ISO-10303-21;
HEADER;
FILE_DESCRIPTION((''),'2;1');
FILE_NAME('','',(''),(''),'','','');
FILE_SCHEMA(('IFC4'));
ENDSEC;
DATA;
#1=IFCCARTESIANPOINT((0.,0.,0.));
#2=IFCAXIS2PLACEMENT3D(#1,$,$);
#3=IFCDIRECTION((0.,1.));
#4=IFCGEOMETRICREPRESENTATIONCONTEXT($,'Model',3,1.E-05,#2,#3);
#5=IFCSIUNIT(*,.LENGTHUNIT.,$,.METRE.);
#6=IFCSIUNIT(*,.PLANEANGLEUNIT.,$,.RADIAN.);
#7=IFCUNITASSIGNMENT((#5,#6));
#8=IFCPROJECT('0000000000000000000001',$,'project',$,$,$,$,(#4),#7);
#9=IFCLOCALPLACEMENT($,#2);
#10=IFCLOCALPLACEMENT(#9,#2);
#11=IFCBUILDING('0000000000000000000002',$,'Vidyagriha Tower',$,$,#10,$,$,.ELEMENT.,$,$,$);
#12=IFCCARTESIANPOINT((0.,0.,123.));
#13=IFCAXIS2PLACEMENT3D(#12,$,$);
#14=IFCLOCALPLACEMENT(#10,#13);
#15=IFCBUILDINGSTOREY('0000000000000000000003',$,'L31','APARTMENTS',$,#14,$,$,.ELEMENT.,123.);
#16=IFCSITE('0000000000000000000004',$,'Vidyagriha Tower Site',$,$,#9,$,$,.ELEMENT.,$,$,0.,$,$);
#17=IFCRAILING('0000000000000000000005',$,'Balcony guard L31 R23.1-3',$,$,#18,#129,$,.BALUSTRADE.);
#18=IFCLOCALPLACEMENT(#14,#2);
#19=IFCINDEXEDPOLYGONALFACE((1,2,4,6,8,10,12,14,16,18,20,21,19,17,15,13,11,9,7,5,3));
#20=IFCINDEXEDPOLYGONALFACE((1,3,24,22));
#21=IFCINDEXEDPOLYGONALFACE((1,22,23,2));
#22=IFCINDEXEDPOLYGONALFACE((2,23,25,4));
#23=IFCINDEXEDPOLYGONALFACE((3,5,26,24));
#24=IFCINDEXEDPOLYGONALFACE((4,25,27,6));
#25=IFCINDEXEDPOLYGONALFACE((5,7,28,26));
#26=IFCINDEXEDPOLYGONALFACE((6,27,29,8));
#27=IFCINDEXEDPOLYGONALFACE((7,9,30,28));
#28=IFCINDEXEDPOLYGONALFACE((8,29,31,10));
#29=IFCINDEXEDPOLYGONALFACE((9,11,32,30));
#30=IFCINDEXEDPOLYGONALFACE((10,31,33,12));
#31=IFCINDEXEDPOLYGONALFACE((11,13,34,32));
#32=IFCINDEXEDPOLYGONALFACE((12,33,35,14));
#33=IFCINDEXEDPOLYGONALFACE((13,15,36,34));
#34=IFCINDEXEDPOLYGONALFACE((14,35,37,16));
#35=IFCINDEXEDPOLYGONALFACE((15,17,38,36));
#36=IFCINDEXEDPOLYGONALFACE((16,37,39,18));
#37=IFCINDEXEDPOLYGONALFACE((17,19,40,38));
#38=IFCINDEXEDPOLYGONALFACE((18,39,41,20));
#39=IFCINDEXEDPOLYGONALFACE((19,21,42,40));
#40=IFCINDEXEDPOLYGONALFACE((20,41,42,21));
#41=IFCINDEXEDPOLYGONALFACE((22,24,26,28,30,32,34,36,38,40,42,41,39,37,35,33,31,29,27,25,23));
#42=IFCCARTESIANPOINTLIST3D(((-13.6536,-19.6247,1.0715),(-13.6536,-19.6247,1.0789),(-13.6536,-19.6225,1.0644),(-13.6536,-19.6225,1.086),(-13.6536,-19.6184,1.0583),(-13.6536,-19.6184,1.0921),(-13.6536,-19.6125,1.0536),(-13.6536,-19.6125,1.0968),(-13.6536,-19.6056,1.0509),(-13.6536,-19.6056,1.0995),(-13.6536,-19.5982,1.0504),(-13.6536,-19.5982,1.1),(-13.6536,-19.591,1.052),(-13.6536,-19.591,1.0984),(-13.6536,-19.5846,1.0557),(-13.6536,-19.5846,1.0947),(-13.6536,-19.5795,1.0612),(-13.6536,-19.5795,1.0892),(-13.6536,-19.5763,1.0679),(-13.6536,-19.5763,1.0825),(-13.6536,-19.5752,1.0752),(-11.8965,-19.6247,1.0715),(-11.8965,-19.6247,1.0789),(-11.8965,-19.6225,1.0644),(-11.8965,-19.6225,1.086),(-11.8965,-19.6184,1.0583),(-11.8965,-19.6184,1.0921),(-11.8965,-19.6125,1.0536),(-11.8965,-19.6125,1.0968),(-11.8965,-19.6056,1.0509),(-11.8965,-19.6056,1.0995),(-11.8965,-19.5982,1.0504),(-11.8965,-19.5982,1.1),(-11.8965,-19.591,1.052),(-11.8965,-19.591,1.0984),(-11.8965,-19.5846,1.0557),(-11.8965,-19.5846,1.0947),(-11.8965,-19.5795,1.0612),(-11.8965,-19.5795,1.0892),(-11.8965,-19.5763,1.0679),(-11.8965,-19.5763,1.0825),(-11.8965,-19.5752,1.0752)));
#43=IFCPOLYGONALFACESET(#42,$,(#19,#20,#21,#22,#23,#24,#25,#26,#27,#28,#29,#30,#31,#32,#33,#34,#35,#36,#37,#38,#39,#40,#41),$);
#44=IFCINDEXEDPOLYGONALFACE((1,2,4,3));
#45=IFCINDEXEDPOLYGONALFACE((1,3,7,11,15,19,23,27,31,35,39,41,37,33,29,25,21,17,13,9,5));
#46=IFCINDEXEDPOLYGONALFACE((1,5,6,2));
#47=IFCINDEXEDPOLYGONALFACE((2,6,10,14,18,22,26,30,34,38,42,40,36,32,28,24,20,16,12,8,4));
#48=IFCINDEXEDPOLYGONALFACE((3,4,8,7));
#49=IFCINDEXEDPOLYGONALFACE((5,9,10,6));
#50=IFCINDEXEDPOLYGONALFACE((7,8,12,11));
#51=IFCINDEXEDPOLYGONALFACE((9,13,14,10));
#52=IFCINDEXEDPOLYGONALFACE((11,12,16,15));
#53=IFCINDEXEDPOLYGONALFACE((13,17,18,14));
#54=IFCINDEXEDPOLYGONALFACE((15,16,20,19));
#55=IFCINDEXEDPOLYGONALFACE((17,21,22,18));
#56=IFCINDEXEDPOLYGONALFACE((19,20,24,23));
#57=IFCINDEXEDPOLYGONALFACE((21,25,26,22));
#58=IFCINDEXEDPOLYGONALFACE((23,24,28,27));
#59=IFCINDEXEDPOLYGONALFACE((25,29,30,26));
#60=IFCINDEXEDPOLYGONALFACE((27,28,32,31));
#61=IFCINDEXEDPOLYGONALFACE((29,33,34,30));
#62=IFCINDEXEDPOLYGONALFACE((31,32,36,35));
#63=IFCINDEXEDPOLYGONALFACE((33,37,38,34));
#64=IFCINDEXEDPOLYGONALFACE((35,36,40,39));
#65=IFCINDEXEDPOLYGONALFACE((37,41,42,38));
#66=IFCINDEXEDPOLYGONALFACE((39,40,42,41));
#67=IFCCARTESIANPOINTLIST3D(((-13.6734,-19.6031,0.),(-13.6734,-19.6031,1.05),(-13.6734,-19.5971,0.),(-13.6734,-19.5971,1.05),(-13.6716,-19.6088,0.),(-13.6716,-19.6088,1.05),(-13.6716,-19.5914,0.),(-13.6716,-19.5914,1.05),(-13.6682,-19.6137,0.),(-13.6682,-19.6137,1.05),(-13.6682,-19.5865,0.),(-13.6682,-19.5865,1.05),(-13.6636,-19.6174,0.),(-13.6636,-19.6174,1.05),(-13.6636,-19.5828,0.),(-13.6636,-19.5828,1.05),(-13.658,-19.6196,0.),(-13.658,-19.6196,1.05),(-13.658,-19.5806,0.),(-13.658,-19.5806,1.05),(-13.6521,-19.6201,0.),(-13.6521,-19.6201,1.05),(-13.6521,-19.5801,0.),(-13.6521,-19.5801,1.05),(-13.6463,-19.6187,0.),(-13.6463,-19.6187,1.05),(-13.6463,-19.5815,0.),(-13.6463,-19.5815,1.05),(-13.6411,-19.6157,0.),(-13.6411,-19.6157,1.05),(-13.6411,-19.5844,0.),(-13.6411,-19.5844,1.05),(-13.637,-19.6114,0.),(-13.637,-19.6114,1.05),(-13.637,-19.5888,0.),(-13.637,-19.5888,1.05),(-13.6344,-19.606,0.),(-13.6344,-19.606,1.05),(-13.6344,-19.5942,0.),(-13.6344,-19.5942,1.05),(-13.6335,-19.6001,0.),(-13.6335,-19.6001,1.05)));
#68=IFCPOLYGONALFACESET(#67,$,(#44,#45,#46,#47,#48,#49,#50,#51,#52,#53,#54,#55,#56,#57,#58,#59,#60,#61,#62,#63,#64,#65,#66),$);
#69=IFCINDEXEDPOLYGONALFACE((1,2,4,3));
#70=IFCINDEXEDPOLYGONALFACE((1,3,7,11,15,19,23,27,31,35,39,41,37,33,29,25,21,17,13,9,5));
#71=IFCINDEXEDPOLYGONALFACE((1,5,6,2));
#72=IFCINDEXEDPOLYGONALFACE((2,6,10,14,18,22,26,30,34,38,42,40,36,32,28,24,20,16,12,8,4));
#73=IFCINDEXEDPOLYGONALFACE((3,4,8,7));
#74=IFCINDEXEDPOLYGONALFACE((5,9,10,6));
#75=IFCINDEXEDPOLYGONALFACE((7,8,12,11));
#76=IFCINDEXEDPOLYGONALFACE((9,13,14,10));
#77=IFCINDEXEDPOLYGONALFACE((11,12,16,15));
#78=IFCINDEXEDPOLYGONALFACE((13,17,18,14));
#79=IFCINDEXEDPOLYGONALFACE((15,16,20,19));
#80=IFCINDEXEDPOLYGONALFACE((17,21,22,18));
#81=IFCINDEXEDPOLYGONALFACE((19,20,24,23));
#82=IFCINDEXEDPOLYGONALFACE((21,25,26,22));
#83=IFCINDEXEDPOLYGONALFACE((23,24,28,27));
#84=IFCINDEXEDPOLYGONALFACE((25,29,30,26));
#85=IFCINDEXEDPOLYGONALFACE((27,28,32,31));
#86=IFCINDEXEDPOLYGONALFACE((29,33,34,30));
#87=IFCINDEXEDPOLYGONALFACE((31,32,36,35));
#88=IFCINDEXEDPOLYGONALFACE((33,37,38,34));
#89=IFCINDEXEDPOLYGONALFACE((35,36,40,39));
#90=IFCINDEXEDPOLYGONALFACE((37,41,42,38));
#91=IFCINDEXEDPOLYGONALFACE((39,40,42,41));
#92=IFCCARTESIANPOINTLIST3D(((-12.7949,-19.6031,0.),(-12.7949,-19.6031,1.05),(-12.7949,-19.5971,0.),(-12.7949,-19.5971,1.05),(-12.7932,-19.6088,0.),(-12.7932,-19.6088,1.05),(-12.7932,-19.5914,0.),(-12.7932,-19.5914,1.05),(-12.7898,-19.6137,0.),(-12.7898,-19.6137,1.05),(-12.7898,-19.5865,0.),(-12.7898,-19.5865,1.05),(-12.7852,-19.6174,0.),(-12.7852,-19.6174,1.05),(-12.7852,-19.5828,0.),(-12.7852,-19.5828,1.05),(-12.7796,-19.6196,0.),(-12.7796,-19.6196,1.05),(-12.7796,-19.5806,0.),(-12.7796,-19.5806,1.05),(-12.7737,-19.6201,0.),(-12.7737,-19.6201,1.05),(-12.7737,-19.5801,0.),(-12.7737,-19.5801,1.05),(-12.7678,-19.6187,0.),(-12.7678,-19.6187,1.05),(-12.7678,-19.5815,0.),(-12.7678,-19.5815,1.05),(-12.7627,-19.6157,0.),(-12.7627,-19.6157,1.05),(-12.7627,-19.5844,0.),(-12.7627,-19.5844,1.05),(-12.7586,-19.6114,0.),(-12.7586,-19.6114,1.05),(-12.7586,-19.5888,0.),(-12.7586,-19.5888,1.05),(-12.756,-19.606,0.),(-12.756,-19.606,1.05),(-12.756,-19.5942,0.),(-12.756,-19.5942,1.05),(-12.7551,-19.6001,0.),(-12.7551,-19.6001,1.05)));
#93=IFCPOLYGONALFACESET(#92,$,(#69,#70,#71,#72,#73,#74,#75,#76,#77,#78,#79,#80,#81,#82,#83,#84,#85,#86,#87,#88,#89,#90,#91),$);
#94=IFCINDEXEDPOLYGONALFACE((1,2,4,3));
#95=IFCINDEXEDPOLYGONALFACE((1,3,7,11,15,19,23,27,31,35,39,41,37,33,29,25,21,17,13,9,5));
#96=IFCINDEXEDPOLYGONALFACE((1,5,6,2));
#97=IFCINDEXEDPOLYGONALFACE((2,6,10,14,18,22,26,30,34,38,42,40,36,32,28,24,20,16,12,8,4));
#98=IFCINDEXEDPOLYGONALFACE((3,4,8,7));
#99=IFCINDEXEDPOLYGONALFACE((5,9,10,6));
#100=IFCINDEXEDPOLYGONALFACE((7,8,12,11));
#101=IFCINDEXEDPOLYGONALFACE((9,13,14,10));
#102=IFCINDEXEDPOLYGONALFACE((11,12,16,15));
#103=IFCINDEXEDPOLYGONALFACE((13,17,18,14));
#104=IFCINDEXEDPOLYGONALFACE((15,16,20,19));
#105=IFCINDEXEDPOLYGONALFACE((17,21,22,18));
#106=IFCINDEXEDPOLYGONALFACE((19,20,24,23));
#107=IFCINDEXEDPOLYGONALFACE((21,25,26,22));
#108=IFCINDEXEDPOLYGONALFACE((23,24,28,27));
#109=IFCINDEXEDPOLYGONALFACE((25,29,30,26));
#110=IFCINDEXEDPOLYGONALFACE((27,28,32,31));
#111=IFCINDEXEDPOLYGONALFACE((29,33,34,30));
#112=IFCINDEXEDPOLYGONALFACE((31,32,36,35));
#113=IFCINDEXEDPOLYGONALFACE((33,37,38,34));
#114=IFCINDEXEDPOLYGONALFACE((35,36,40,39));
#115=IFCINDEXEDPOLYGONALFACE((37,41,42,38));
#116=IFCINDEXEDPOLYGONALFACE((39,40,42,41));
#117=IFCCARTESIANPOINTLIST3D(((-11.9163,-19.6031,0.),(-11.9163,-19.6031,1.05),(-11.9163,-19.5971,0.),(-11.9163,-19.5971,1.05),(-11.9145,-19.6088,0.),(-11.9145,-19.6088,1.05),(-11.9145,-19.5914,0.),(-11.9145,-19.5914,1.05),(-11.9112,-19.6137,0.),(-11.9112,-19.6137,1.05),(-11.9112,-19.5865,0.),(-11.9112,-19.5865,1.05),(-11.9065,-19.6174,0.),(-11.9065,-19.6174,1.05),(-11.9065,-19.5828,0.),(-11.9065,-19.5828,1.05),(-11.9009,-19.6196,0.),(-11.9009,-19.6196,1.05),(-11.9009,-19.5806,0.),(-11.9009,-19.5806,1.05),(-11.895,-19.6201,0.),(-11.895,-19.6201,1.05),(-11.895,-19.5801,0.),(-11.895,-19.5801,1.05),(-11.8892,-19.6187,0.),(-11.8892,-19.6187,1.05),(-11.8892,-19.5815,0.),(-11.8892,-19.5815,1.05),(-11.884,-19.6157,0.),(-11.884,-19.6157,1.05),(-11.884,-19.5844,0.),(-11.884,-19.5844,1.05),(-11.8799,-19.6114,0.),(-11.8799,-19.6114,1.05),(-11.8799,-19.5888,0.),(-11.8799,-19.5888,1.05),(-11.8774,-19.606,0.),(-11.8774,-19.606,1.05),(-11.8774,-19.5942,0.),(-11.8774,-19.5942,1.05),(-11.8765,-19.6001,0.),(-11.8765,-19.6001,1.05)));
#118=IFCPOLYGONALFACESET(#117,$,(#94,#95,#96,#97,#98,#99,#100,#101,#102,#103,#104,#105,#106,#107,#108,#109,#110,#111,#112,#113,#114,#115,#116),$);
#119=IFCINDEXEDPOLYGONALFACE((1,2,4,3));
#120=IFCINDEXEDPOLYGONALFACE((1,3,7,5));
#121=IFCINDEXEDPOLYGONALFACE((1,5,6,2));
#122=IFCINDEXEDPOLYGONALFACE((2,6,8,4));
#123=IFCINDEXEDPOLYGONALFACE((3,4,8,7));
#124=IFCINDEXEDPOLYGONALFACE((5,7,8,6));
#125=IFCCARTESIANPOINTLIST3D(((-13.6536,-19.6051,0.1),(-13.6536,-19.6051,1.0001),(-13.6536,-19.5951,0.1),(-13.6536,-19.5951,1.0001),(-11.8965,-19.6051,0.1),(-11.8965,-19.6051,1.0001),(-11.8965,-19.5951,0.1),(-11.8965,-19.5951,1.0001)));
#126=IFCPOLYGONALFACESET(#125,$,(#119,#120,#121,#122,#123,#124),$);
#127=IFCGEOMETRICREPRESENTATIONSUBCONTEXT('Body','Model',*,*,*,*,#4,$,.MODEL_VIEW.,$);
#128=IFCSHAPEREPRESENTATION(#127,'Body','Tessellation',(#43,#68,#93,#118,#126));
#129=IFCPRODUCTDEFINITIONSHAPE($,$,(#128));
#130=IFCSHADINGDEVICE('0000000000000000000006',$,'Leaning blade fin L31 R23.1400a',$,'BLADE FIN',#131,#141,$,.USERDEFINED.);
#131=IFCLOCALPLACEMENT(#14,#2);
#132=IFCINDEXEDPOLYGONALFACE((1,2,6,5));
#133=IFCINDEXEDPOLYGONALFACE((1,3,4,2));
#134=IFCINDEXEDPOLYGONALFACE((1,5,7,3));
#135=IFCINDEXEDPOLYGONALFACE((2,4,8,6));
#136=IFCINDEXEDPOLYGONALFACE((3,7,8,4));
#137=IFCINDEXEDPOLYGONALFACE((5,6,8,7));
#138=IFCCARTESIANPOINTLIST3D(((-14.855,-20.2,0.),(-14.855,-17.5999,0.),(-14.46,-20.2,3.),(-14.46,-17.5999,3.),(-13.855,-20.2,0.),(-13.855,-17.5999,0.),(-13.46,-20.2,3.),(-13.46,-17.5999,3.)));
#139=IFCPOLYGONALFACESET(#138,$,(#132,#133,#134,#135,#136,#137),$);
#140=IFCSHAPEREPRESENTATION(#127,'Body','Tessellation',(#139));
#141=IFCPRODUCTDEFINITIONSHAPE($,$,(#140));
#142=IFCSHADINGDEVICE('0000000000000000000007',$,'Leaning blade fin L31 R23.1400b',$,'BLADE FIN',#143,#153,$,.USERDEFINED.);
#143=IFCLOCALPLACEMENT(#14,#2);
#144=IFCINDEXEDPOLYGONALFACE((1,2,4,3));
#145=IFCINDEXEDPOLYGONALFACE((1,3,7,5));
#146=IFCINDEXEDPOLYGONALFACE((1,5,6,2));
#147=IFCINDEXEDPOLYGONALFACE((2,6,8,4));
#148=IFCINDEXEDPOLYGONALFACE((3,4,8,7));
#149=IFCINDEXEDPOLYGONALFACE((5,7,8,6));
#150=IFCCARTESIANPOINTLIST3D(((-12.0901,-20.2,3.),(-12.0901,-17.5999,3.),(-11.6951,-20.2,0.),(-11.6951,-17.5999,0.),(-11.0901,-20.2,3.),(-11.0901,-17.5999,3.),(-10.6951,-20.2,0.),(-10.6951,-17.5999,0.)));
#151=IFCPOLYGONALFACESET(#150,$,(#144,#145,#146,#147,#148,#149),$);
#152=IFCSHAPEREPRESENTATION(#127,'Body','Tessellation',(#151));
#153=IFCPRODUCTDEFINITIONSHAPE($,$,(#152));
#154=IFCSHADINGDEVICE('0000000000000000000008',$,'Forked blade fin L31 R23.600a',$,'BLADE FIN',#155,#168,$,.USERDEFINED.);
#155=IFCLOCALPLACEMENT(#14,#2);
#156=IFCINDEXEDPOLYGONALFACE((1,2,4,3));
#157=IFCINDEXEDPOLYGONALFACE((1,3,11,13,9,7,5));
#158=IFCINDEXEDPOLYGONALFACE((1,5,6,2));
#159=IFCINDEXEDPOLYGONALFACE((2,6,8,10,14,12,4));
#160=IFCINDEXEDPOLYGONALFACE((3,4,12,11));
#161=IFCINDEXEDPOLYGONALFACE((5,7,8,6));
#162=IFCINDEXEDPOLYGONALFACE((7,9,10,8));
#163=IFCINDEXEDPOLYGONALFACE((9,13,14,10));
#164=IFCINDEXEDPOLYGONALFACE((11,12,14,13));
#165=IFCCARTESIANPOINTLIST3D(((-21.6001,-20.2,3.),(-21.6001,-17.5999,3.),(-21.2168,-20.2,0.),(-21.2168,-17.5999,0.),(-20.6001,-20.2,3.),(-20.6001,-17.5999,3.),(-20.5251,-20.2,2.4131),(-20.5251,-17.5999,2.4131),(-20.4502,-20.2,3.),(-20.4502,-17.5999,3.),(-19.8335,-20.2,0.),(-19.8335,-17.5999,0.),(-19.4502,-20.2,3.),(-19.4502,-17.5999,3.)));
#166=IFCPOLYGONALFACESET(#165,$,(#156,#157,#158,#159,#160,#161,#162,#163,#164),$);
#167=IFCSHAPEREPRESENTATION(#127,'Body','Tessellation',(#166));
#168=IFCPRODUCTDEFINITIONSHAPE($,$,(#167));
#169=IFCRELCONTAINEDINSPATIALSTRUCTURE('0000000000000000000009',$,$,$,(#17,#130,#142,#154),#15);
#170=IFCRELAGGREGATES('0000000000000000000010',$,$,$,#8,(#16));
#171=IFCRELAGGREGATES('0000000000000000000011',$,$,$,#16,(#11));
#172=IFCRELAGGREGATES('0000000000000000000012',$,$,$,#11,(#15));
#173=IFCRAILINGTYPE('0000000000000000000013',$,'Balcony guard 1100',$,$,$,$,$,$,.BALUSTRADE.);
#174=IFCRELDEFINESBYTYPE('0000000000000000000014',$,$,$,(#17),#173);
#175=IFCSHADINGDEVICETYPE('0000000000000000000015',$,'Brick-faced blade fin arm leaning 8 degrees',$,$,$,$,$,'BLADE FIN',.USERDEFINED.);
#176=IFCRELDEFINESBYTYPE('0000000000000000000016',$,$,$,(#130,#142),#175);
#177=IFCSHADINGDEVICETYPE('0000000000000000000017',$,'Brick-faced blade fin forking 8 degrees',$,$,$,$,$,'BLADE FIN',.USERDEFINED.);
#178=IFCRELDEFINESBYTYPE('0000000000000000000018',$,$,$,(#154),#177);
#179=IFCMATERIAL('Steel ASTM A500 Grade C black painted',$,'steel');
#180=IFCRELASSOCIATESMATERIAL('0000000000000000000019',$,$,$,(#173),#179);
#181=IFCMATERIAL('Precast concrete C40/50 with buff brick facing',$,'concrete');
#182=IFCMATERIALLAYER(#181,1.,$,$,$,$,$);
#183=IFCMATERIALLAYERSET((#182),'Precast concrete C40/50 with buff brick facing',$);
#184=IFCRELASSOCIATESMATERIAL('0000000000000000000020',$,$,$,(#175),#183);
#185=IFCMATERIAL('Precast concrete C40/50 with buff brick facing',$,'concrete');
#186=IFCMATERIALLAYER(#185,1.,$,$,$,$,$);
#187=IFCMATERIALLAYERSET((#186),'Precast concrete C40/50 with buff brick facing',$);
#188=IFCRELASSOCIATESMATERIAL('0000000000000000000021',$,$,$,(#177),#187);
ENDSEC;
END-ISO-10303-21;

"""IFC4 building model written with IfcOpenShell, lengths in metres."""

from ifc_helpers import new_model, si_unit, direction, frame, origin, origin_2d, place, context, subcontext, project, spatial, polyline, rectangle, circle, outline, extrude, material, layer, layer_set, type_object, element, save


model = new_model("IFC4")

# Units and contexts
model_context = context("Model", 3, precision=1e-05, world=origin(), true_north=direction((0.0, 1.0)))
body_context = subcontext(model_context, "Body", "Model", "MODEL_VIEW")
ifc_project = project(units=[si_unit("LENGTHUNIT", "METRE"), si_unit("PLANEANGLEUNIT", "RADIAN")], contexts=[model_context])

# Site, building, storey
site_placement = place(None, origin())
site = spatial("IfcSite", under=ifc_project, at=site_placement, Name="Vidyagriha Tower Site", CompositionType="ELEMENT", RefElevation=0.0)
building_placement = place(site_placement, origin())
building = spatial("IfcBuilding", under=site, at=building_placement, Name="Vidyagriha Tower", CompositionType="ELEMENT")
storey_placement = place(building_placement, frame((0.0, 0.0, 123.0)))
storey = spatial("IfcBuildingStorey", under=building, at=storey_placement, Name="L31", Description="APARTMENTS", CompositionType="ELEMENT", Elevation=123.0)

# Railing
ifc_material_1 = material(Name="Steel ASTM A500 Grade C black painted", Category="steel")
railing_type = type_object("IfcRailingType", Name="Balcony guard 1100", PredefinedType="BALUSTRADE", material=ifc_material_1)
railing_1_placement = place(storey_placement, frame((-13.6536, -19.6001, 0.0)))
element("IfcRailing", 1, at=railing_1_placement, inside=storey, type_object=railing_type, Name="Balcony guard L31 R23.1-3", PredefinedType="BALUSTRADE", context=body_context, shape_type="SweptSolid", body=[
    extrude(circle(Radius=0.0249, at=origin_2d()), frame((0.0, 0.0, 1.0752), z_axis=(1.0, 0.0, 0.0), x_axis=(0.0, 1.0, 0.0)), (0.0, 0.0, 1.0), 1.7571),
    extrude(circle(Radius=0.02, at=origin_2d()), origin(), (0.0, 0.0, 1.0), 1.05),
    extrude(circle(Radius=0.02, at=origin_2d()), frame((0.8784, 0.0, 0.0)), (0.0, 0.0, 1.0), 1.05),
    extrude(circle(Radius=0.02, at=origin_2d()), frame((1.7571, 0.0, 0.0)), (0.0, 0.0, 1.0), 1.05),
    extrude(rectangle(XDim=0.01, YDim=0.9001, at=origin_2d()), frame((0.0, 0.0, 0.55), z_axis=(1.0, 0.0, 0.0), x_axis=(0.0, 1.0, 0.0)), (0.0, 0.0, 1.0), 1.7571),
])

# Shading devices
ifc_material_2 = material(Name="Precast concrete C40/50 with buff brick facing", Category="concrete")
ifc_layer_1 = layer(ifc_material_2, 1.0)
ifc_layer_set_1 = layer_set([ifc_layer_1], Name="Precast concrete C40/50 with buff brick facing")
shading_device_type_1 = type_object("IfcShadingDeviceType", Name="Brick-faced blade fin arm leaning 8 degrees", ElementType="BLADE FIN", PredefinedType="USERDEFINED", material=ifc_layer_set_1)
shading_device_1_placement = place(storey_placement, frame((-14.855, -18.8999, 0.0)))
element("IfcShadingDevice", 2, at=shading_device_1_placement, inside=storey, type_object=shading_device_type_1, Name="Leaning blade fin L31 R23.1400a", ObjectType="BLADE FIN", PredefinedType="USERDEFINED", context=body_context, shape_type="SweptSolid", body=[
    extrude(outline(polyline([(0.0, 0.0), (1.0, 0.0), (1.395, 3.0), (0.395, 3.0), (0.0, 0.0)])), frame((0.0, 1.3, 0.0), z_axis=(0.0, -1.0, 0.0), x_axis=(1.0, 0.0, 0.0)), (0.0, 0.0, 1.0), 2.6001),
])
shading_device_2_placement = place(storey_placement, frame((-12.0901, -18.8999, 0.0)))
element("IfcShadingDevice", 3, at=shading_device_2_placement, inside=storey, type_object=shading_device_type_1, Name="Leaning blade fin L31 R23.1400b", ObjectType="BLADE FIN", PredefinedType="USERDEFINED", context=body_context, shape_type="SweptSolid", body=[
    extrude(outline(polyline([(0.395, 0.0), (1.395, 0.0), (1.0, 3.0), (0.0, 3.0), (0.395, 0.0)])), frame((0.0, 1.3, 0.0), z_axis=(0.0, -1.0, 0.0), x_axis=(1.0, 0.0, 0.0)), (0.0, 0.0, 1.0), 2.6001),
])
ifc_material_3 = material(Name="Precast concrete C40/50 with buff brick facing", Category="concrete")
ifc_layer_2 = layer(ifc_material_3, 1.0)
ifc_layer_set_2 = layer_set([ifc_layer_2], Name="Precast concrete C40/50 with buff brick facing")
shading_device_type_2 = type_object("IfcShadingDeviceType", Name="Brick-faced blade fin forking 8 degrees", ElementType="BLADE FIN", PredefinedType="USERDEFINED", material=ifc_layer_set_2)
shading_device_3_placement = place(storey_placement, frame((-21.6001, -18.8999, 0.0)))
element("IfcShadingDevice", 4, at=shading_device_3_placement, inside=storey, type_object=shading_device_type_2, Name="Forked blade fin L31 R23.600a", ObjectType="BLADE FIN", PredefinedType="USERDEFINED", context=body_context, shape_type="SweptSolid", body=[
    extrude(outline(polyline([(0.3833, 0.0), (1.7666, 0.0), (2.1499, 3.0), (1.1499, 3.0), (1.075, 2.4131), (1.0, 3.0), (0.0, 3.0), (0.3833, 0.0)])), frame((0.0, 1.3, 0.0), z_axis=(0.0, -1.0, 0.0), x_axis=(1.0, 0.0, 0.0)), (0.0, 0.0, 1.0), 2.6001),
])

save(model, "model.ifc")
